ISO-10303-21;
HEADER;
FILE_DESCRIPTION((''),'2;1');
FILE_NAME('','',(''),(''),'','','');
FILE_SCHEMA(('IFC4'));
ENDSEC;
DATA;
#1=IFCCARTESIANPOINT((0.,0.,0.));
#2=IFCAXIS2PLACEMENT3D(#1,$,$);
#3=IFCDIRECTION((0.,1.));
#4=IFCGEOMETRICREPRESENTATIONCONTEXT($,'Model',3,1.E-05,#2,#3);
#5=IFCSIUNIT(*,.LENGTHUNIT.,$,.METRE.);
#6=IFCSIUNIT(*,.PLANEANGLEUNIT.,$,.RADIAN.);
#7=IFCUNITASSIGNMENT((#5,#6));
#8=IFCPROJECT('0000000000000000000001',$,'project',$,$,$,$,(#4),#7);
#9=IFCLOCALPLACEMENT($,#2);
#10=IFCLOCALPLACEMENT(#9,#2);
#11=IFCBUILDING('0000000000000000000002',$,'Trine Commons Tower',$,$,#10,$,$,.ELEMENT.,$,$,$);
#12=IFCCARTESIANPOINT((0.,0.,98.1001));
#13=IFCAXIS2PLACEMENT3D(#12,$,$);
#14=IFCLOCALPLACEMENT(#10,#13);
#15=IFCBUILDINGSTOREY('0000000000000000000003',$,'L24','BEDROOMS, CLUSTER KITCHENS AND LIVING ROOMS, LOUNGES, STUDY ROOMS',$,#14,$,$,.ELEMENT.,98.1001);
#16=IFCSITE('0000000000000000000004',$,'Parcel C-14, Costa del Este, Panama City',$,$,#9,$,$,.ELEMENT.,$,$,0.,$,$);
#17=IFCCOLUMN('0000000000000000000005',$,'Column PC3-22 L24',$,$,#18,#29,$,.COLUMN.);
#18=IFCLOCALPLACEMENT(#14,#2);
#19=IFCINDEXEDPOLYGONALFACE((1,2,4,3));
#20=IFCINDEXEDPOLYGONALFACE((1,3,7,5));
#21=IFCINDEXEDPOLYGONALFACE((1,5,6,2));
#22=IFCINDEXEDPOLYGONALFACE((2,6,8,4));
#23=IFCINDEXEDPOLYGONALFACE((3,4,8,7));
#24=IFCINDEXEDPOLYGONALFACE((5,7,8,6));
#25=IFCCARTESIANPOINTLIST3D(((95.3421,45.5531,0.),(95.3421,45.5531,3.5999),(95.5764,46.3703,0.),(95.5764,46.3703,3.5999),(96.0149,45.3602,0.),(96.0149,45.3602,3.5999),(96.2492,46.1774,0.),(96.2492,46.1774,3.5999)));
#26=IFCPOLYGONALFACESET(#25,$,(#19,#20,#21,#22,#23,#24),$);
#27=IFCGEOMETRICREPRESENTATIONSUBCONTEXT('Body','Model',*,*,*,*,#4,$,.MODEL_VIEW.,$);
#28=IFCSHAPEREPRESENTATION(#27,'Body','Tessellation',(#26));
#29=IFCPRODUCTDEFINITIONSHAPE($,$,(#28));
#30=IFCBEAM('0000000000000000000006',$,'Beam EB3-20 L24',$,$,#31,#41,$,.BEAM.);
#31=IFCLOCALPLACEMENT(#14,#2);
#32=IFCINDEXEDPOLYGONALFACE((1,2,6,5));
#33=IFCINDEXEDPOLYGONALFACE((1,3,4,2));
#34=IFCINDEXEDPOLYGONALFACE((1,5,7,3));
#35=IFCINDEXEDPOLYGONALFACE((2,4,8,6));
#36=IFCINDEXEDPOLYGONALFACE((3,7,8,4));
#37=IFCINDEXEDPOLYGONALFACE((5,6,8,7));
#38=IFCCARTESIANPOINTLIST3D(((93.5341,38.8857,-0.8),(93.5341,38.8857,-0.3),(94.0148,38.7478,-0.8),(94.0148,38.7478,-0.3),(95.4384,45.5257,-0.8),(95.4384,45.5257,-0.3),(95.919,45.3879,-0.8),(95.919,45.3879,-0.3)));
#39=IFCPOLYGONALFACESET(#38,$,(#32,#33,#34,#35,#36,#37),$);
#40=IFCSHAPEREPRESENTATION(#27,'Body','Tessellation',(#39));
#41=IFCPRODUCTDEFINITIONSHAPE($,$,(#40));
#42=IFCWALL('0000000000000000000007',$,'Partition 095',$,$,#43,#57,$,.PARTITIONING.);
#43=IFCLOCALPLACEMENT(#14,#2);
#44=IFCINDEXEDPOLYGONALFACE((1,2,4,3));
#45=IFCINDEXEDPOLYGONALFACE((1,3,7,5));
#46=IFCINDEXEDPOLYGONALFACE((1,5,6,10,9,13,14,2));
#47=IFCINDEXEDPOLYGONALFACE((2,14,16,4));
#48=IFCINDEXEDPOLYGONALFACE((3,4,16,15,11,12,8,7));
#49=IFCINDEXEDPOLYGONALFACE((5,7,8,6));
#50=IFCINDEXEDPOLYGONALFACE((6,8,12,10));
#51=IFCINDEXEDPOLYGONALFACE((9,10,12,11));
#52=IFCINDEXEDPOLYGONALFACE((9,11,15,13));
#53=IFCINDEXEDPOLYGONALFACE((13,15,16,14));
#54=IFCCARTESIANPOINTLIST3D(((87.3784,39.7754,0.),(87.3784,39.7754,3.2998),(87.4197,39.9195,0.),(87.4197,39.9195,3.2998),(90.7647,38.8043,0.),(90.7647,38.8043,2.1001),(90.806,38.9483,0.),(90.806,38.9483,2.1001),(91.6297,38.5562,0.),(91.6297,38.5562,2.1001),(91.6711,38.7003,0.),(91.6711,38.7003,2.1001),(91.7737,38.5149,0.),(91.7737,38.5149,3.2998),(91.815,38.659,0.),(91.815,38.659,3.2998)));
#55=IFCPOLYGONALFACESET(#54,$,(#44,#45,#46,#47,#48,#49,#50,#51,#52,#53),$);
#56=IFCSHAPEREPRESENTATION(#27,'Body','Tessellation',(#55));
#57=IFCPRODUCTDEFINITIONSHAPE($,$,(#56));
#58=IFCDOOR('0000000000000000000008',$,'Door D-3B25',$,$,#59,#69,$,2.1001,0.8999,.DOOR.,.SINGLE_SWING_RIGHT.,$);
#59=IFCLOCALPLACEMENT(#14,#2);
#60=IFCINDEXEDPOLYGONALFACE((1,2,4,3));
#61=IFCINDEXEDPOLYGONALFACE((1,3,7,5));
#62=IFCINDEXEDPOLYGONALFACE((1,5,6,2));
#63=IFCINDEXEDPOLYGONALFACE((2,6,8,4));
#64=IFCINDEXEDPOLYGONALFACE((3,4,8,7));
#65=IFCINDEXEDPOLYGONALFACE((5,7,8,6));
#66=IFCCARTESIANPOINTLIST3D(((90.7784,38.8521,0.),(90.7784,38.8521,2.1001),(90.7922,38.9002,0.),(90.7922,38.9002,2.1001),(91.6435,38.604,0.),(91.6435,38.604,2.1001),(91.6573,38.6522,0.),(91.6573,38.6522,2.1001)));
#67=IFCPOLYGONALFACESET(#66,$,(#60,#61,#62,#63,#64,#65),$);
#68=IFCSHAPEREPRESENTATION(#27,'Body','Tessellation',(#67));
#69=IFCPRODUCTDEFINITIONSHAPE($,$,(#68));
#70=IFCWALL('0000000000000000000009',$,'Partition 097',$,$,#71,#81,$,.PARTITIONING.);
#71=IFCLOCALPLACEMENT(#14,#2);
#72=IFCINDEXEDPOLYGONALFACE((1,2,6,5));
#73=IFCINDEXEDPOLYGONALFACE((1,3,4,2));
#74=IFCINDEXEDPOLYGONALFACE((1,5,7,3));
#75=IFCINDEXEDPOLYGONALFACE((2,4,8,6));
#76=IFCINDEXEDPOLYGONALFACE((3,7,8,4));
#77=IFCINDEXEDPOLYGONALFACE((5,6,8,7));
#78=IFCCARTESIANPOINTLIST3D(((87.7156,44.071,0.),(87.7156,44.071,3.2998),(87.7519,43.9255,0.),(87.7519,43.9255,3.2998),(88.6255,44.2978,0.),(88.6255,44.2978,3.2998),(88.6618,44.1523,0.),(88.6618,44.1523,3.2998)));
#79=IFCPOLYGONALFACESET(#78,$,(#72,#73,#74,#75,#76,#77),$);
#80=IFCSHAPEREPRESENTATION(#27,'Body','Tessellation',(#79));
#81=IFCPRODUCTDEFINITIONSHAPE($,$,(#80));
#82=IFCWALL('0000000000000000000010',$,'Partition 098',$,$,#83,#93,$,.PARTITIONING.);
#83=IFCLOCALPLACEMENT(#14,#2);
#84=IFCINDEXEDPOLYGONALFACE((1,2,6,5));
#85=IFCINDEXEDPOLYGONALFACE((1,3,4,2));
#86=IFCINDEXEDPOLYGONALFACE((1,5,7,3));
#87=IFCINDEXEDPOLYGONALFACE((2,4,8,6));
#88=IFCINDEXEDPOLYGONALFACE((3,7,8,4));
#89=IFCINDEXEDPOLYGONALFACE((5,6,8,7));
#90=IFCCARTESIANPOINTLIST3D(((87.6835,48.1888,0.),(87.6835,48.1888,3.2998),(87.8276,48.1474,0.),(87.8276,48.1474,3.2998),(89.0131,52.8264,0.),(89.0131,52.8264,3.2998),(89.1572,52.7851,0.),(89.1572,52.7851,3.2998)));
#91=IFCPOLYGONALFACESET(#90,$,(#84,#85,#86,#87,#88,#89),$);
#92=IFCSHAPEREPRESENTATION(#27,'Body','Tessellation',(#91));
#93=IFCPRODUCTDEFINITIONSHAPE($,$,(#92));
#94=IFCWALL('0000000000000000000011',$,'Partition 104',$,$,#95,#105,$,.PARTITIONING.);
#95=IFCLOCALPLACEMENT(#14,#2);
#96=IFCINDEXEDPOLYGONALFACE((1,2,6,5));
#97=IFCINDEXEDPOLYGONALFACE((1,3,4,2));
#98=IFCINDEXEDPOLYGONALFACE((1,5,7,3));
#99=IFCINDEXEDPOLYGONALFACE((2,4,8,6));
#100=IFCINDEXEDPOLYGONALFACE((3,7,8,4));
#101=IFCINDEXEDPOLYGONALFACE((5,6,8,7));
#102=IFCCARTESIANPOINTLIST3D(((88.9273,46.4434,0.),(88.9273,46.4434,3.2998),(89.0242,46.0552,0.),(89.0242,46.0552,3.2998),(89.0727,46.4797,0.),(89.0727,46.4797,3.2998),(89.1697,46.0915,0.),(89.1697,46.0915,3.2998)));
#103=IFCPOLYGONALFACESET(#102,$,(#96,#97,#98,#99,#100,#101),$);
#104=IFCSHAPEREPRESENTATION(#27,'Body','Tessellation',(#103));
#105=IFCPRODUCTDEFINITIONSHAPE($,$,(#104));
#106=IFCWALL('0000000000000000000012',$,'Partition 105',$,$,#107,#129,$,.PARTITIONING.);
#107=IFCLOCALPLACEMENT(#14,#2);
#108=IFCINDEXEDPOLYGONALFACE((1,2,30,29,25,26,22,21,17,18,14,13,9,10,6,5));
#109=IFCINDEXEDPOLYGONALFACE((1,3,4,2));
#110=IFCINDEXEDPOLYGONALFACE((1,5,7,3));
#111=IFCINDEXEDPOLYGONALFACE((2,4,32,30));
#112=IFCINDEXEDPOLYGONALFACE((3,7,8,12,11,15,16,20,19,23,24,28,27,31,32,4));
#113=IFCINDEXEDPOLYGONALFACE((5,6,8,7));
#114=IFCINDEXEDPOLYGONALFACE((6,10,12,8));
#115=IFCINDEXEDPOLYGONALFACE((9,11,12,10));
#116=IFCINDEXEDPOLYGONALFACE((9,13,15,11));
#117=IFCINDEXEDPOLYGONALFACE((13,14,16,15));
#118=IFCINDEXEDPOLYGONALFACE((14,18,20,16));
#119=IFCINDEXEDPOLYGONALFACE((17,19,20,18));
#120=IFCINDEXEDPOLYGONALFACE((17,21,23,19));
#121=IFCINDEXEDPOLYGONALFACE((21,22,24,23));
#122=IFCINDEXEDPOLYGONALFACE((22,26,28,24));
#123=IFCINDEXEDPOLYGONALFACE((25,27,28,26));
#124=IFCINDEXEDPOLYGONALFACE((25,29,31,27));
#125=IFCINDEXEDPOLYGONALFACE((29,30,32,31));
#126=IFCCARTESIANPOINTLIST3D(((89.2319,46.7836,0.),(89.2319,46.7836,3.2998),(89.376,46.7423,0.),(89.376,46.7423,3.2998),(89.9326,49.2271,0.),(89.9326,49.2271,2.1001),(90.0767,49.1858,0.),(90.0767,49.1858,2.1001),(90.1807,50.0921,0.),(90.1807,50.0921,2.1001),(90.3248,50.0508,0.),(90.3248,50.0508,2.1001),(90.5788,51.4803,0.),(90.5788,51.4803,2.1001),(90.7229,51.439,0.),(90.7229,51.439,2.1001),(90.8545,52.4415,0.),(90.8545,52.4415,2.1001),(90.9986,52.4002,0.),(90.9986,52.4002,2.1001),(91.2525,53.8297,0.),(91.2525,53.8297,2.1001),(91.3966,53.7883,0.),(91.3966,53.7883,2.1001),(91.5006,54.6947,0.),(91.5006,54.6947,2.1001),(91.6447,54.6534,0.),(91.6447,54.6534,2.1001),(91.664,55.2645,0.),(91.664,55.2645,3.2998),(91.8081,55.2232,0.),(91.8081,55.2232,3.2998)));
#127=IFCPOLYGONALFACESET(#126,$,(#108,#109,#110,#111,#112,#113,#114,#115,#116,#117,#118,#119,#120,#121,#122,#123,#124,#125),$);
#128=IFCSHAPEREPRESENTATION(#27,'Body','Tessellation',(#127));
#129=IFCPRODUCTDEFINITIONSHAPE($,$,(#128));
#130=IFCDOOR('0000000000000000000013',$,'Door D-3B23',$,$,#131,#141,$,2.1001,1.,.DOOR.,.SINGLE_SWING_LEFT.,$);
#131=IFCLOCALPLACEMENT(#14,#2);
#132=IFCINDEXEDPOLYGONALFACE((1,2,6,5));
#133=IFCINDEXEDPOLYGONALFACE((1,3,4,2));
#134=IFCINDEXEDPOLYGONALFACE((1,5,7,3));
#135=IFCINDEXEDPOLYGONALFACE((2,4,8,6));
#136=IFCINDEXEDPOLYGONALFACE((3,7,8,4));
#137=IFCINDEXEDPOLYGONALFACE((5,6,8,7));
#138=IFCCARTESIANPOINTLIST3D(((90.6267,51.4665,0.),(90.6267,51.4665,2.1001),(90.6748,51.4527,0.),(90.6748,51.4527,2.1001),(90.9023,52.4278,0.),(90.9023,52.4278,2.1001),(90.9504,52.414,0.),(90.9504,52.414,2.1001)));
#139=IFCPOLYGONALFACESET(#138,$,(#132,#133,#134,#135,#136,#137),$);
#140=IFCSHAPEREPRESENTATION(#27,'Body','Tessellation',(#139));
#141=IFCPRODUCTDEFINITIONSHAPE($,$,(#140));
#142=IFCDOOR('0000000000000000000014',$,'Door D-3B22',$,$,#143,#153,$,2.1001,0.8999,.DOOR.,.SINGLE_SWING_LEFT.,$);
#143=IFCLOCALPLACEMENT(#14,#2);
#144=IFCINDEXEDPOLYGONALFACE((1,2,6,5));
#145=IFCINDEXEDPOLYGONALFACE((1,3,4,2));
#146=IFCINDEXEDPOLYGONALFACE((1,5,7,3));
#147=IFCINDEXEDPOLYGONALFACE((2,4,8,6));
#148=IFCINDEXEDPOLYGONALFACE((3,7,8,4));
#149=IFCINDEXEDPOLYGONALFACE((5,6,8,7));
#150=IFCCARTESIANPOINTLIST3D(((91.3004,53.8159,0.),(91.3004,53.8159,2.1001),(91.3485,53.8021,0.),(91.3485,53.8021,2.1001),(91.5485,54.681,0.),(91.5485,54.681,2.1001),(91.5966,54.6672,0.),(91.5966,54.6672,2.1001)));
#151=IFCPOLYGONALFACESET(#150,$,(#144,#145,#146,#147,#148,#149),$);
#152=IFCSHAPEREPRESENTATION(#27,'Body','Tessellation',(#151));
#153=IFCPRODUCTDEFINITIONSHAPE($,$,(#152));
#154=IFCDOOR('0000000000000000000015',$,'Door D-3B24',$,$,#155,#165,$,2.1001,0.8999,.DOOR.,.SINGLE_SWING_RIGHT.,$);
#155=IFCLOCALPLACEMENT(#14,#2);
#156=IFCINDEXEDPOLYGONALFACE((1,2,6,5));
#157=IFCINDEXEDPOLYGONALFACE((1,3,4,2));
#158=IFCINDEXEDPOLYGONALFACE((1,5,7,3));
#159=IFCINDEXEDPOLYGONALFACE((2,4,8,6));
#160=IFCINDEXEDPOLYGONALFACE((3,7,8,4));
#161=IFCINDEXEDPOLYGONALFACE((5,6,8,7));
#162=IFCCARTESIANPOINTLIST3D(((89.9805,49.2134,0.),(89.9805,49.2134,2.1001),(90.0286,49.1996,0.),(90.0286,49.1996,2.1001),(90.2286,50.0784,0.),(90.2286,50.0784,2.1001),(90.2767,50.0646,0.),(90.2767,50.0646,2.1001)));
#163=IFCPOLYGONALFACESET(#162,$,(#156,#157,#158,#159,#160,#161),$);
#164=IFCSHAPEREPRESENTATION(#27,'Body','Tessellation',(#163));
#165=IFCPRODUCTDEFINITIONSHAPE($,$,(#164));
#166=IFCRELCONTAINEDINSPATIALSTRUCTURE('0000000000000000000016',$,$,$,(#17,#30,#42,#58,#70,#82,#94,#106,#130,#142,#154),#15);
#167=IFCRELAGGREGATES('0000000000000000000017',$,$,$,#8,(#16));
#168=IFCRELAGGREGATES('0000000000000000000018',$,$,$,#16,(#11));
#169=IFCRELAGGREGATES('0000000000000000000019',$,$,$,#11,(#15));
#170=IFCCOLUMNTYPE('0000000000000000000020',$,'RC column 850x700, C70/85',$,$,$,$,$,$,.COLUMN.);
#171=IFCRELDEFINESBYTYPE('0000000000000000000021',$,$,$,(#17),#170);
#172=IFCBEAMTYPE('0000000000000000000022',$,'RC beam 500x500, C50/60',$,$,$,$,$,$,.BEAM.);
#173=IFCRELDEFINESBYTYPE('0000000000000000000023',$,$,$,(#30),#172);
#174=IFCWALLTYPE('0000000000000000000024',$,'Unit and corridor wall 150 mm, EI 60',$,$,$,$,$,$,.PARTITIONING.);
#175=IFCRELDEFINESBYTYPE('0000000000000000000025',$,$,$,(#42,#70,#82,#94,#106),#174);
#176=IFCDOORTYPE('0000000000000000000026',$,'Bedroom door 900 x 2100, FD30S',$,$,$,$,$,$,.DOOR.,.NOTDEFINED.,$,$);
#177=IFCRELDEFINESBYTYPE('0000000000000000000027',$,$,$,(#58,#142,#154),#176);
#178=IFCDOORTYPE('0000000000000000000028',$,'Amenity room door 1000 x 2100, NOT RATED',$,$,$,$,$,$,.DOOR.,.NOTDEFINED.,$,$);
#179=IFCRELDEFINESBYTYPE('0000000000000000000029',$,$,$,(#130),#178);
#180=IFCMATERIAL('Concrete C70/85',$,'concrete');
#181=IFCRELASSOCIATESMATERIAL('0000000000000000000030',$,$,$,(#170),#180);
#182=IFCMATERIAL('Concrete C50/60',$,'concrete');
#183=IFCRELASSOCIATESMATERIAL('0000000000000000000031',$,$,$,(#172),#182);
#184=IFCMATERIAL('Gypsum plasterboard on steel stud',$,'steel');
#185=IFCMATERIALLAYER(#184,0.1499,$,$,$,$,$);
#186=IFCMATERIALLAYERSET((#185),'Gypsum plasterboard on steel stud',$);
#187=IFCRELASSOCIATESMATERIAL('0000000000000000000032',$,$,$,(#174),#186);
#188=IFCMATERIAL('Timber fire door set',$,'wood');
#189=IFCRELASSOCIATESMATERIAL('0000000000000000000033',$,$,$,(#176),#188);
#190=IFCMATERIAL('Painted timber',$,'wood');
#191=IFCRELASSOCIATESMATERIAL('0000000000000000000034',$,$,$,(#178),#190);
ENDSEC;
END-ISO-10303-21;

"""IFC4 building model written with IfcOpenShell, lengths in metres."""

from ifc_helpers import new_model, si_unit, direction, frame, frame_2d, origin, origin_2d, place, context, subcontext, project, spatial, rectangle, extrude, material, layer, layer_set, material_profile, profile_set, type_object, element, fill, save


model = new_model("IFC4")

# Units and contexts
model_context = context("Model", 3, precision=1e-05, world=origin(), true_north=direction((0.0, 1.0)))
body_context = subcontext(model_context, "Body", "Model", "MODEL_VIEW")
ifc_project = project(units=[si_unit("LENGTHUNIT", "METRE"), si_unit("PLANEANGLEUNIT", "RADIAN")], contexts=[model_context])

# Site, building, storey
site_placement = place(None, origin())
site = spatial("IfcSite", under=ifc_project, at=site_placement, Name="Parcel C-14, Costa del Este, Panama City", CompositionType="ELEMENT", RefElevation=0.0)
building_placement = place(site_placement, origin())
building = spatial("IfcBuilding", under=site, at=building_placement, Name="Trine Commons Tower", CompositionType="ELEMENT")
storey_placement = place(building_placement, frame((0.0, 0.0, 98.1001)))
storey = spatial("IfcBuildingStorey", under=building, at=storey_placement, Name="L24", Description="BEDROOMS, CLUSTER KITCHENS AND LIVING ROOMS, LOUNGES, STUDY ROOMS", CompositionType="ELEMENT", Elevation=98.1001)

# Column
ifc_material_1 = material(Name="Concrete C70/85", Category="concrete")
ifc_material_profile_1 = material_profile(ifc_material_1, rectangle(XDim=0.8501, YDim=0.7, at=origin_2d()), Name="RC 850x700")
ifc_profile_set_1 = profile_set([ifc_material_profile_1], Name="Concrete C70/85")
column_type = type_object("IfcColumnType", Name="RC column 850x700, C70/85", PredefinedType="COLUMN", material=ifc_profile_set_1)
column_placement = place(storey_placement, frame((95.7957, 45.8652, 0.0), z_axis=(0.0, 0.0, 1.0), x_axis=(0.275637, 0.961262, 0.0)))
element("IfcColumn", 1, at=column_placement, inside=storey, type_object=column_type, Name="Column PC3-22 L24", PredefinedType="COLUMN", context=body_context, shape_type="SweptSolid", body=[
    extrude(rectangle(XDim=0.8501, YDim=0.7, at=origin_2d()), origin(), (0.0, 0.0, 1.0), 3.5999),
])

# Beam
ifc_material_2 = material(Name="Concrete C50/60", Category="concrete")
ifc_material_profile_2 = material_profile(ifc_material_2, rectangle(XDim=0.5, YDim=0.5, at=origin_2d()), Name="RC 500x500")
ifc_profile_set_2 = profile_set([ifc_material_profile_2], Name="Concrete C50/60")
beam_type = type_object("IfcBeamType", Name="RC beam 500x500, C50/60", PredefinedType="BEAM", material=ifc_profile_set_2)
beam_placement = place(storey_placement, frame((95.6787, 45.4568, -0.55), z_axis=(-0.275673, -0.961251, 0.0), x_axis=(0.961251, -0.275673, 0.0)))
element("IfcBeam", 2, at=beam_placement, inside=storey, type_object=beam_type, Name="Beam EB3-20 L24", PredefinedType="BEAM", context=body_context, shape_type="SweptSolid", body=[
    extrude(rectangle(XDim=0.5, YDim=0.5, at=origin_2d()), origin(), (0.0, 0.0, 1.0), 6.9077),
])

# Wall, opening, door
ifc_material_3 = material(Name="Gypsum plasterboard on steel stud", Category="steel")
ifc_layer_1 = layer(ifc_material_3, 0.1499)
ifc_layer_set_1 = layer_set([ifc_layer_1], Name="Gypsum plasterboard on steel stud")
wall_type_1 = type_object("IfcWallType", Name="Unit and corridor wall 150 mm, EI 60", PredefinedType="PARTITIONING", material=ifc_layer_set_1)
wall_1_placement = place(storey_placement, frame((87.3992, 39.8474, 0.0), z_axis=(0.0, 0.0, 1.0), x_axis=(0.961251, -0.275673, 0.0)))
wall_1 = element("IfcWall", 3, at=wall_1_placement, inside=storey, type_object=wall_type_1, Name="Partition 095", PredefinedType="PARTITIONING", context=body_context, shape_type="SweptSolid", body=[
    extrude(rectangle(XDim=4.5725, YDim=0.1499, at=frame_2d((2.2861, 0.0))), origin(), (0.0, 0.0, 1.0), 3.2998),
])
opening_1_placement = place(wall_1_placement, frame((3.5227, 0.0, 0.0)))
opening_1 = element("IfcOpeningElement", 4, at=opening_1_placement, cuts=wall_1, PredefinedType="OPENING", context=body_context, shape_type="SweptSolid", body=[
    extrude(rectangle(XDim=0.8999, YDim=2.1001, at=frame_2d((0.45, 1.05))), frame((0.0, 0.085, 0.0), z_axis=(0.0, -1.0, 0.0), x_axis=(1.0, 0.0, 0.0)), (0.0, 0.0, 1.0), 0.1699),
])
ifc_material_4 = material(Name="Timber fire door set", Category="wood")
door_type_1 = type_object("IfcDoorType", Name="Bedroom door 900 x 2100, FD30S", OperationType="NOTDEFINED", PredefinedType="DOOR", material=ifc_material_4)
door_1_placement = place(opening_1_placement, origin())
door_1 = element("IfcDoor", 5, at=door_1_placement, inside=storey, type_object=door_type_1, Name="Door D-3B25", OperationType="SINGLE_SWING_RIGHT", OverallHeight=2.1001, OverallWidth=0.8999, PredefinedType="DOOR", context=body_context, shape_type="SweptSolid", body=[
    extrude(rectangle(XDim=0.8999, YDim=2.1001, at=frame_2d((0.45, 1.05))), frame((0.0, 0.0249, 0.0), z_axis=(0.0, -1.0, 0.0), x_axis=(1.0, 0.0, 0.0)), (0.0, 0.0, 1.0), 0.05),
])
fill(opening_1, door_1)

# Walls
wall_2_placement = place(storey_placement, frame((87.7339, 43.9983, 0.0), z_axis=(0.0, 0.0, 1.0), x_axis=(0.970311, 0.241862, 0.0)))
element("IfcWall", 6, at=wall_2_placement, inside=storey, type_object=wall_type_1, Name="Partition 097", PredefinedType="PARTITIONING", context=body_context, shape_type="SweptSolid", body=[
    extrude(rectangle(XDim=0.9377, YDim=0.1499, at=frame_2d((0.4688, 0.0))), origin(), (0.0, 0.0, 1.0), 3.2998),
])
wall_3_placement = place(storey_placement, frame((87.7556, 48.1682, 0.0), z_axis=(0.0, 0.0, 1.0), x_axis=(0.27559, 0.961275, 0.0)))
element("IfcWall", 7, at=wall_3_placement, inside=storey, type_object=wall_type_1, Name="Partition 098", PredefinedType="PARTITIONING", context=body_context, shape_type="SweptSolid", body=[
    extrude(rectangle(XDim=4.8245, YDim=0.1499, at=frame_2d((2.4121, 0.0))), origin(), (0.0, 0.0, 1.0), 3.2998),
])
wall_4_placement = place(storey_placement, frame((89.0, 46.4617, 0.0), z_axis=(0.0, 0.0, 1.0), x_axis=(0.242248, -0.970214, 0.0)))
element("IfcWall", 8, at=wall_4_placement, inside=storey, type_object=wall_type_1, Name="Partition 104", PredefinedType="PARTITIONING", context=body_context, shape_type="SweptSolid", body=[
    extrude(rectangle(XDim=0.4001, YDim=0.1499, at=frame_2d((0.2002, 0.0))), origin(), (0.0, 0.0, 1.0), 3.2998),
])

# Wall, openings, doors
wall_5_placement = place(storey_placement, frame((89.304, 46.7629, 0.0), z_axis=(0.0, 0.0, 1.0), x_axis=(0.275664, 0.961254, 0.0)))
wall_5 = element("IfcWall", 9, at=wall_5_placement, inside=storey, type_object=wall_type_1, Name="Partition 105", PredefinedType="PARTITIONING", context=body_context, shape_type="SweptSolid", body=[
    extrude(rectangle(XDim=8.8228, YDim=0.1499, at=frame_2d((4.4114, 0.0))), origin(), (0.0, 0.0, 1.0), 3.2998),
])
opening_2_placement = place(wall_5_placement, frame((7.3301, 0.0, 0.0)))
opening_2 = element("IfcOpeningElement", 10, at=opening_2_placement, cuts=wall_5, PredefinedType="OPENING", context=body_context, shape_type="SweptSolid", body=[
    extrude(rectangle(XDim=0.8999, YDim=2.1001, at=frame_2d((0.45, 1.05))), frame((0.0, 0.085, 0.0), z_axis=(0.0, -1.0, 0.0), x_axis=(1.0, 0.0, 0.0)), (0.0, 0.0, 1.0), 0.1699),
])
opening_3_placement = place(wall_5_placement, frame((4.886, 0.0, 0.0)))
opening_3 = element("IfcOpeningElement", 11, at=opening_3_placement, cuts=wall_5, PredefinedType="OPENING", context=body_context, shape_type="SweptSolid", body=[
    extrude(rectangle(XDim=1.0, YDim=2.1001, at=frame_2d((0.5, 1.05))), frame((0.0, 0.085, 0.0), z_axis=(0.0, -1.0, 0.0), x_axis=(1.0, 0.0, 0.0)), (0.0, 0.0, 1.0), 0.1699),
])
opening_4_placement = place(wall_5_placement, frame((2.542, 0.0, 0.0)))
opening_4 = element("IfcOpeningElement", 12, at=opening_4_placement, cuts=wall_5, PredefinedType="OPENING", context=body_context, shape_type="SweptSolid", body=[
    extrude(rectangle(XDim=0.8999, YDim=2.1001, at=frame_2d((0.45, 1.05))), frame((0.0, 0.085, 0.0), z_axis=(0.0, -1.0, 0.0), x_axis=(1.0, 0.0, 0.0)), (0.0, 0.0, 1.0), 0.1699),
])
ifc_material_5 = material(Name="Painted timber", Category="wood")
door_type_2 = type_object("IfcDoorType", Name="Amenity room door 1000 x 2100, NOT RATED", OperationType="NOTDEFINED", PredefinedType="DOOR", material=ifc_material_5)
door_2_placement = place(opening_3_placement, frame((1.0, 0.0, 0.0), z_axis=(0.0, 0.0, 1.0), x_axis=(-1.0, 0.0, 0.0)))
door_2 = element("IfcDoor", 13, at=door_2_placement, inside=storey, type_object=door_type_2, Name="Door D-3B23", OperationType="SINGLE_SWING_LEFT", OverallHeight=2.1001, OverallWidth=1.0, PredefinedType="DOOR", context=body_context, shape_type="SweptSolid", body=[
    extrude(rectangle(XDim=1.0, YDim=2.1001, at=frame_2d((0.5, 1.05))), frame((0.0, 0.0249, 0.0), z_axis=(0.0, -1.0, 0.0), x_axis=(1.0, 0.0, 0.0)), (0.0, 0.0, 1.0), 0.05),
])
fill(opening_3, door_2)
door_3_placement = place(opening_2_placement, frame((0.8999, 0.0, 0.0), z_axis=(0.0, 0.0, 1.0), x_axis=(-1.0, 0.0, 0.0)))
door_3 = element("IfcDoor", 14, at=door_3_placement, inside=storey, type_object=door_type_1, Name="Door D-3B22", OperationType="SINGLE_SWING_LEFT", OverallHeight=2.1001, OverallWidth=0.8999, PredefinedType="DOOR", context=body_context, shape_type="SweptSolid", body=[
    extrude(rectangle(XDim=0.8999, YDim=2.1001, at=frame_2d((0.45, 1.05))), frame((0.0, 0.0249, 0.0), z_axis=(0.0, -1.0, 0.0), x_axis=(1.0, 0.0, 0.0)), (0.0, 0.0, 1.0), 0.05),
])
fill(opening_2, door_3)
door_4_placement = place(opening_4_placement, frame((0.8999, 0.0, 0.0), z_axis=(0.0, 0.0, 1.0), x_axis=(-1.0, 0.0, 0.0)))
door_4 = element("IfcDoor", 15, at=door_4_placement, inside=storey, type_object=door_type_1, Name="Door D-3B24", OperationType="SINGLE_SWING_RIGHT", OverallHeight=2.1001, OverallWidth=0.8999, PredefinedType="DOOR", context=body_context, shape_type="SweptSolid", body=[
    extrude(rectangle(XDim=0.8999, YDim=2.1001, at=frame_2d((0.45, 1.05))), frame((0.0, 0.0249, 0.0), z_axis=(0.0, -1.0, 0.0), x_axis=(1.0, 0.0, 0.0)), (0.0, 0.0, 1.0), 0.05),
])
fill(opening_4, door_4)

save(model, "model.ifc")
